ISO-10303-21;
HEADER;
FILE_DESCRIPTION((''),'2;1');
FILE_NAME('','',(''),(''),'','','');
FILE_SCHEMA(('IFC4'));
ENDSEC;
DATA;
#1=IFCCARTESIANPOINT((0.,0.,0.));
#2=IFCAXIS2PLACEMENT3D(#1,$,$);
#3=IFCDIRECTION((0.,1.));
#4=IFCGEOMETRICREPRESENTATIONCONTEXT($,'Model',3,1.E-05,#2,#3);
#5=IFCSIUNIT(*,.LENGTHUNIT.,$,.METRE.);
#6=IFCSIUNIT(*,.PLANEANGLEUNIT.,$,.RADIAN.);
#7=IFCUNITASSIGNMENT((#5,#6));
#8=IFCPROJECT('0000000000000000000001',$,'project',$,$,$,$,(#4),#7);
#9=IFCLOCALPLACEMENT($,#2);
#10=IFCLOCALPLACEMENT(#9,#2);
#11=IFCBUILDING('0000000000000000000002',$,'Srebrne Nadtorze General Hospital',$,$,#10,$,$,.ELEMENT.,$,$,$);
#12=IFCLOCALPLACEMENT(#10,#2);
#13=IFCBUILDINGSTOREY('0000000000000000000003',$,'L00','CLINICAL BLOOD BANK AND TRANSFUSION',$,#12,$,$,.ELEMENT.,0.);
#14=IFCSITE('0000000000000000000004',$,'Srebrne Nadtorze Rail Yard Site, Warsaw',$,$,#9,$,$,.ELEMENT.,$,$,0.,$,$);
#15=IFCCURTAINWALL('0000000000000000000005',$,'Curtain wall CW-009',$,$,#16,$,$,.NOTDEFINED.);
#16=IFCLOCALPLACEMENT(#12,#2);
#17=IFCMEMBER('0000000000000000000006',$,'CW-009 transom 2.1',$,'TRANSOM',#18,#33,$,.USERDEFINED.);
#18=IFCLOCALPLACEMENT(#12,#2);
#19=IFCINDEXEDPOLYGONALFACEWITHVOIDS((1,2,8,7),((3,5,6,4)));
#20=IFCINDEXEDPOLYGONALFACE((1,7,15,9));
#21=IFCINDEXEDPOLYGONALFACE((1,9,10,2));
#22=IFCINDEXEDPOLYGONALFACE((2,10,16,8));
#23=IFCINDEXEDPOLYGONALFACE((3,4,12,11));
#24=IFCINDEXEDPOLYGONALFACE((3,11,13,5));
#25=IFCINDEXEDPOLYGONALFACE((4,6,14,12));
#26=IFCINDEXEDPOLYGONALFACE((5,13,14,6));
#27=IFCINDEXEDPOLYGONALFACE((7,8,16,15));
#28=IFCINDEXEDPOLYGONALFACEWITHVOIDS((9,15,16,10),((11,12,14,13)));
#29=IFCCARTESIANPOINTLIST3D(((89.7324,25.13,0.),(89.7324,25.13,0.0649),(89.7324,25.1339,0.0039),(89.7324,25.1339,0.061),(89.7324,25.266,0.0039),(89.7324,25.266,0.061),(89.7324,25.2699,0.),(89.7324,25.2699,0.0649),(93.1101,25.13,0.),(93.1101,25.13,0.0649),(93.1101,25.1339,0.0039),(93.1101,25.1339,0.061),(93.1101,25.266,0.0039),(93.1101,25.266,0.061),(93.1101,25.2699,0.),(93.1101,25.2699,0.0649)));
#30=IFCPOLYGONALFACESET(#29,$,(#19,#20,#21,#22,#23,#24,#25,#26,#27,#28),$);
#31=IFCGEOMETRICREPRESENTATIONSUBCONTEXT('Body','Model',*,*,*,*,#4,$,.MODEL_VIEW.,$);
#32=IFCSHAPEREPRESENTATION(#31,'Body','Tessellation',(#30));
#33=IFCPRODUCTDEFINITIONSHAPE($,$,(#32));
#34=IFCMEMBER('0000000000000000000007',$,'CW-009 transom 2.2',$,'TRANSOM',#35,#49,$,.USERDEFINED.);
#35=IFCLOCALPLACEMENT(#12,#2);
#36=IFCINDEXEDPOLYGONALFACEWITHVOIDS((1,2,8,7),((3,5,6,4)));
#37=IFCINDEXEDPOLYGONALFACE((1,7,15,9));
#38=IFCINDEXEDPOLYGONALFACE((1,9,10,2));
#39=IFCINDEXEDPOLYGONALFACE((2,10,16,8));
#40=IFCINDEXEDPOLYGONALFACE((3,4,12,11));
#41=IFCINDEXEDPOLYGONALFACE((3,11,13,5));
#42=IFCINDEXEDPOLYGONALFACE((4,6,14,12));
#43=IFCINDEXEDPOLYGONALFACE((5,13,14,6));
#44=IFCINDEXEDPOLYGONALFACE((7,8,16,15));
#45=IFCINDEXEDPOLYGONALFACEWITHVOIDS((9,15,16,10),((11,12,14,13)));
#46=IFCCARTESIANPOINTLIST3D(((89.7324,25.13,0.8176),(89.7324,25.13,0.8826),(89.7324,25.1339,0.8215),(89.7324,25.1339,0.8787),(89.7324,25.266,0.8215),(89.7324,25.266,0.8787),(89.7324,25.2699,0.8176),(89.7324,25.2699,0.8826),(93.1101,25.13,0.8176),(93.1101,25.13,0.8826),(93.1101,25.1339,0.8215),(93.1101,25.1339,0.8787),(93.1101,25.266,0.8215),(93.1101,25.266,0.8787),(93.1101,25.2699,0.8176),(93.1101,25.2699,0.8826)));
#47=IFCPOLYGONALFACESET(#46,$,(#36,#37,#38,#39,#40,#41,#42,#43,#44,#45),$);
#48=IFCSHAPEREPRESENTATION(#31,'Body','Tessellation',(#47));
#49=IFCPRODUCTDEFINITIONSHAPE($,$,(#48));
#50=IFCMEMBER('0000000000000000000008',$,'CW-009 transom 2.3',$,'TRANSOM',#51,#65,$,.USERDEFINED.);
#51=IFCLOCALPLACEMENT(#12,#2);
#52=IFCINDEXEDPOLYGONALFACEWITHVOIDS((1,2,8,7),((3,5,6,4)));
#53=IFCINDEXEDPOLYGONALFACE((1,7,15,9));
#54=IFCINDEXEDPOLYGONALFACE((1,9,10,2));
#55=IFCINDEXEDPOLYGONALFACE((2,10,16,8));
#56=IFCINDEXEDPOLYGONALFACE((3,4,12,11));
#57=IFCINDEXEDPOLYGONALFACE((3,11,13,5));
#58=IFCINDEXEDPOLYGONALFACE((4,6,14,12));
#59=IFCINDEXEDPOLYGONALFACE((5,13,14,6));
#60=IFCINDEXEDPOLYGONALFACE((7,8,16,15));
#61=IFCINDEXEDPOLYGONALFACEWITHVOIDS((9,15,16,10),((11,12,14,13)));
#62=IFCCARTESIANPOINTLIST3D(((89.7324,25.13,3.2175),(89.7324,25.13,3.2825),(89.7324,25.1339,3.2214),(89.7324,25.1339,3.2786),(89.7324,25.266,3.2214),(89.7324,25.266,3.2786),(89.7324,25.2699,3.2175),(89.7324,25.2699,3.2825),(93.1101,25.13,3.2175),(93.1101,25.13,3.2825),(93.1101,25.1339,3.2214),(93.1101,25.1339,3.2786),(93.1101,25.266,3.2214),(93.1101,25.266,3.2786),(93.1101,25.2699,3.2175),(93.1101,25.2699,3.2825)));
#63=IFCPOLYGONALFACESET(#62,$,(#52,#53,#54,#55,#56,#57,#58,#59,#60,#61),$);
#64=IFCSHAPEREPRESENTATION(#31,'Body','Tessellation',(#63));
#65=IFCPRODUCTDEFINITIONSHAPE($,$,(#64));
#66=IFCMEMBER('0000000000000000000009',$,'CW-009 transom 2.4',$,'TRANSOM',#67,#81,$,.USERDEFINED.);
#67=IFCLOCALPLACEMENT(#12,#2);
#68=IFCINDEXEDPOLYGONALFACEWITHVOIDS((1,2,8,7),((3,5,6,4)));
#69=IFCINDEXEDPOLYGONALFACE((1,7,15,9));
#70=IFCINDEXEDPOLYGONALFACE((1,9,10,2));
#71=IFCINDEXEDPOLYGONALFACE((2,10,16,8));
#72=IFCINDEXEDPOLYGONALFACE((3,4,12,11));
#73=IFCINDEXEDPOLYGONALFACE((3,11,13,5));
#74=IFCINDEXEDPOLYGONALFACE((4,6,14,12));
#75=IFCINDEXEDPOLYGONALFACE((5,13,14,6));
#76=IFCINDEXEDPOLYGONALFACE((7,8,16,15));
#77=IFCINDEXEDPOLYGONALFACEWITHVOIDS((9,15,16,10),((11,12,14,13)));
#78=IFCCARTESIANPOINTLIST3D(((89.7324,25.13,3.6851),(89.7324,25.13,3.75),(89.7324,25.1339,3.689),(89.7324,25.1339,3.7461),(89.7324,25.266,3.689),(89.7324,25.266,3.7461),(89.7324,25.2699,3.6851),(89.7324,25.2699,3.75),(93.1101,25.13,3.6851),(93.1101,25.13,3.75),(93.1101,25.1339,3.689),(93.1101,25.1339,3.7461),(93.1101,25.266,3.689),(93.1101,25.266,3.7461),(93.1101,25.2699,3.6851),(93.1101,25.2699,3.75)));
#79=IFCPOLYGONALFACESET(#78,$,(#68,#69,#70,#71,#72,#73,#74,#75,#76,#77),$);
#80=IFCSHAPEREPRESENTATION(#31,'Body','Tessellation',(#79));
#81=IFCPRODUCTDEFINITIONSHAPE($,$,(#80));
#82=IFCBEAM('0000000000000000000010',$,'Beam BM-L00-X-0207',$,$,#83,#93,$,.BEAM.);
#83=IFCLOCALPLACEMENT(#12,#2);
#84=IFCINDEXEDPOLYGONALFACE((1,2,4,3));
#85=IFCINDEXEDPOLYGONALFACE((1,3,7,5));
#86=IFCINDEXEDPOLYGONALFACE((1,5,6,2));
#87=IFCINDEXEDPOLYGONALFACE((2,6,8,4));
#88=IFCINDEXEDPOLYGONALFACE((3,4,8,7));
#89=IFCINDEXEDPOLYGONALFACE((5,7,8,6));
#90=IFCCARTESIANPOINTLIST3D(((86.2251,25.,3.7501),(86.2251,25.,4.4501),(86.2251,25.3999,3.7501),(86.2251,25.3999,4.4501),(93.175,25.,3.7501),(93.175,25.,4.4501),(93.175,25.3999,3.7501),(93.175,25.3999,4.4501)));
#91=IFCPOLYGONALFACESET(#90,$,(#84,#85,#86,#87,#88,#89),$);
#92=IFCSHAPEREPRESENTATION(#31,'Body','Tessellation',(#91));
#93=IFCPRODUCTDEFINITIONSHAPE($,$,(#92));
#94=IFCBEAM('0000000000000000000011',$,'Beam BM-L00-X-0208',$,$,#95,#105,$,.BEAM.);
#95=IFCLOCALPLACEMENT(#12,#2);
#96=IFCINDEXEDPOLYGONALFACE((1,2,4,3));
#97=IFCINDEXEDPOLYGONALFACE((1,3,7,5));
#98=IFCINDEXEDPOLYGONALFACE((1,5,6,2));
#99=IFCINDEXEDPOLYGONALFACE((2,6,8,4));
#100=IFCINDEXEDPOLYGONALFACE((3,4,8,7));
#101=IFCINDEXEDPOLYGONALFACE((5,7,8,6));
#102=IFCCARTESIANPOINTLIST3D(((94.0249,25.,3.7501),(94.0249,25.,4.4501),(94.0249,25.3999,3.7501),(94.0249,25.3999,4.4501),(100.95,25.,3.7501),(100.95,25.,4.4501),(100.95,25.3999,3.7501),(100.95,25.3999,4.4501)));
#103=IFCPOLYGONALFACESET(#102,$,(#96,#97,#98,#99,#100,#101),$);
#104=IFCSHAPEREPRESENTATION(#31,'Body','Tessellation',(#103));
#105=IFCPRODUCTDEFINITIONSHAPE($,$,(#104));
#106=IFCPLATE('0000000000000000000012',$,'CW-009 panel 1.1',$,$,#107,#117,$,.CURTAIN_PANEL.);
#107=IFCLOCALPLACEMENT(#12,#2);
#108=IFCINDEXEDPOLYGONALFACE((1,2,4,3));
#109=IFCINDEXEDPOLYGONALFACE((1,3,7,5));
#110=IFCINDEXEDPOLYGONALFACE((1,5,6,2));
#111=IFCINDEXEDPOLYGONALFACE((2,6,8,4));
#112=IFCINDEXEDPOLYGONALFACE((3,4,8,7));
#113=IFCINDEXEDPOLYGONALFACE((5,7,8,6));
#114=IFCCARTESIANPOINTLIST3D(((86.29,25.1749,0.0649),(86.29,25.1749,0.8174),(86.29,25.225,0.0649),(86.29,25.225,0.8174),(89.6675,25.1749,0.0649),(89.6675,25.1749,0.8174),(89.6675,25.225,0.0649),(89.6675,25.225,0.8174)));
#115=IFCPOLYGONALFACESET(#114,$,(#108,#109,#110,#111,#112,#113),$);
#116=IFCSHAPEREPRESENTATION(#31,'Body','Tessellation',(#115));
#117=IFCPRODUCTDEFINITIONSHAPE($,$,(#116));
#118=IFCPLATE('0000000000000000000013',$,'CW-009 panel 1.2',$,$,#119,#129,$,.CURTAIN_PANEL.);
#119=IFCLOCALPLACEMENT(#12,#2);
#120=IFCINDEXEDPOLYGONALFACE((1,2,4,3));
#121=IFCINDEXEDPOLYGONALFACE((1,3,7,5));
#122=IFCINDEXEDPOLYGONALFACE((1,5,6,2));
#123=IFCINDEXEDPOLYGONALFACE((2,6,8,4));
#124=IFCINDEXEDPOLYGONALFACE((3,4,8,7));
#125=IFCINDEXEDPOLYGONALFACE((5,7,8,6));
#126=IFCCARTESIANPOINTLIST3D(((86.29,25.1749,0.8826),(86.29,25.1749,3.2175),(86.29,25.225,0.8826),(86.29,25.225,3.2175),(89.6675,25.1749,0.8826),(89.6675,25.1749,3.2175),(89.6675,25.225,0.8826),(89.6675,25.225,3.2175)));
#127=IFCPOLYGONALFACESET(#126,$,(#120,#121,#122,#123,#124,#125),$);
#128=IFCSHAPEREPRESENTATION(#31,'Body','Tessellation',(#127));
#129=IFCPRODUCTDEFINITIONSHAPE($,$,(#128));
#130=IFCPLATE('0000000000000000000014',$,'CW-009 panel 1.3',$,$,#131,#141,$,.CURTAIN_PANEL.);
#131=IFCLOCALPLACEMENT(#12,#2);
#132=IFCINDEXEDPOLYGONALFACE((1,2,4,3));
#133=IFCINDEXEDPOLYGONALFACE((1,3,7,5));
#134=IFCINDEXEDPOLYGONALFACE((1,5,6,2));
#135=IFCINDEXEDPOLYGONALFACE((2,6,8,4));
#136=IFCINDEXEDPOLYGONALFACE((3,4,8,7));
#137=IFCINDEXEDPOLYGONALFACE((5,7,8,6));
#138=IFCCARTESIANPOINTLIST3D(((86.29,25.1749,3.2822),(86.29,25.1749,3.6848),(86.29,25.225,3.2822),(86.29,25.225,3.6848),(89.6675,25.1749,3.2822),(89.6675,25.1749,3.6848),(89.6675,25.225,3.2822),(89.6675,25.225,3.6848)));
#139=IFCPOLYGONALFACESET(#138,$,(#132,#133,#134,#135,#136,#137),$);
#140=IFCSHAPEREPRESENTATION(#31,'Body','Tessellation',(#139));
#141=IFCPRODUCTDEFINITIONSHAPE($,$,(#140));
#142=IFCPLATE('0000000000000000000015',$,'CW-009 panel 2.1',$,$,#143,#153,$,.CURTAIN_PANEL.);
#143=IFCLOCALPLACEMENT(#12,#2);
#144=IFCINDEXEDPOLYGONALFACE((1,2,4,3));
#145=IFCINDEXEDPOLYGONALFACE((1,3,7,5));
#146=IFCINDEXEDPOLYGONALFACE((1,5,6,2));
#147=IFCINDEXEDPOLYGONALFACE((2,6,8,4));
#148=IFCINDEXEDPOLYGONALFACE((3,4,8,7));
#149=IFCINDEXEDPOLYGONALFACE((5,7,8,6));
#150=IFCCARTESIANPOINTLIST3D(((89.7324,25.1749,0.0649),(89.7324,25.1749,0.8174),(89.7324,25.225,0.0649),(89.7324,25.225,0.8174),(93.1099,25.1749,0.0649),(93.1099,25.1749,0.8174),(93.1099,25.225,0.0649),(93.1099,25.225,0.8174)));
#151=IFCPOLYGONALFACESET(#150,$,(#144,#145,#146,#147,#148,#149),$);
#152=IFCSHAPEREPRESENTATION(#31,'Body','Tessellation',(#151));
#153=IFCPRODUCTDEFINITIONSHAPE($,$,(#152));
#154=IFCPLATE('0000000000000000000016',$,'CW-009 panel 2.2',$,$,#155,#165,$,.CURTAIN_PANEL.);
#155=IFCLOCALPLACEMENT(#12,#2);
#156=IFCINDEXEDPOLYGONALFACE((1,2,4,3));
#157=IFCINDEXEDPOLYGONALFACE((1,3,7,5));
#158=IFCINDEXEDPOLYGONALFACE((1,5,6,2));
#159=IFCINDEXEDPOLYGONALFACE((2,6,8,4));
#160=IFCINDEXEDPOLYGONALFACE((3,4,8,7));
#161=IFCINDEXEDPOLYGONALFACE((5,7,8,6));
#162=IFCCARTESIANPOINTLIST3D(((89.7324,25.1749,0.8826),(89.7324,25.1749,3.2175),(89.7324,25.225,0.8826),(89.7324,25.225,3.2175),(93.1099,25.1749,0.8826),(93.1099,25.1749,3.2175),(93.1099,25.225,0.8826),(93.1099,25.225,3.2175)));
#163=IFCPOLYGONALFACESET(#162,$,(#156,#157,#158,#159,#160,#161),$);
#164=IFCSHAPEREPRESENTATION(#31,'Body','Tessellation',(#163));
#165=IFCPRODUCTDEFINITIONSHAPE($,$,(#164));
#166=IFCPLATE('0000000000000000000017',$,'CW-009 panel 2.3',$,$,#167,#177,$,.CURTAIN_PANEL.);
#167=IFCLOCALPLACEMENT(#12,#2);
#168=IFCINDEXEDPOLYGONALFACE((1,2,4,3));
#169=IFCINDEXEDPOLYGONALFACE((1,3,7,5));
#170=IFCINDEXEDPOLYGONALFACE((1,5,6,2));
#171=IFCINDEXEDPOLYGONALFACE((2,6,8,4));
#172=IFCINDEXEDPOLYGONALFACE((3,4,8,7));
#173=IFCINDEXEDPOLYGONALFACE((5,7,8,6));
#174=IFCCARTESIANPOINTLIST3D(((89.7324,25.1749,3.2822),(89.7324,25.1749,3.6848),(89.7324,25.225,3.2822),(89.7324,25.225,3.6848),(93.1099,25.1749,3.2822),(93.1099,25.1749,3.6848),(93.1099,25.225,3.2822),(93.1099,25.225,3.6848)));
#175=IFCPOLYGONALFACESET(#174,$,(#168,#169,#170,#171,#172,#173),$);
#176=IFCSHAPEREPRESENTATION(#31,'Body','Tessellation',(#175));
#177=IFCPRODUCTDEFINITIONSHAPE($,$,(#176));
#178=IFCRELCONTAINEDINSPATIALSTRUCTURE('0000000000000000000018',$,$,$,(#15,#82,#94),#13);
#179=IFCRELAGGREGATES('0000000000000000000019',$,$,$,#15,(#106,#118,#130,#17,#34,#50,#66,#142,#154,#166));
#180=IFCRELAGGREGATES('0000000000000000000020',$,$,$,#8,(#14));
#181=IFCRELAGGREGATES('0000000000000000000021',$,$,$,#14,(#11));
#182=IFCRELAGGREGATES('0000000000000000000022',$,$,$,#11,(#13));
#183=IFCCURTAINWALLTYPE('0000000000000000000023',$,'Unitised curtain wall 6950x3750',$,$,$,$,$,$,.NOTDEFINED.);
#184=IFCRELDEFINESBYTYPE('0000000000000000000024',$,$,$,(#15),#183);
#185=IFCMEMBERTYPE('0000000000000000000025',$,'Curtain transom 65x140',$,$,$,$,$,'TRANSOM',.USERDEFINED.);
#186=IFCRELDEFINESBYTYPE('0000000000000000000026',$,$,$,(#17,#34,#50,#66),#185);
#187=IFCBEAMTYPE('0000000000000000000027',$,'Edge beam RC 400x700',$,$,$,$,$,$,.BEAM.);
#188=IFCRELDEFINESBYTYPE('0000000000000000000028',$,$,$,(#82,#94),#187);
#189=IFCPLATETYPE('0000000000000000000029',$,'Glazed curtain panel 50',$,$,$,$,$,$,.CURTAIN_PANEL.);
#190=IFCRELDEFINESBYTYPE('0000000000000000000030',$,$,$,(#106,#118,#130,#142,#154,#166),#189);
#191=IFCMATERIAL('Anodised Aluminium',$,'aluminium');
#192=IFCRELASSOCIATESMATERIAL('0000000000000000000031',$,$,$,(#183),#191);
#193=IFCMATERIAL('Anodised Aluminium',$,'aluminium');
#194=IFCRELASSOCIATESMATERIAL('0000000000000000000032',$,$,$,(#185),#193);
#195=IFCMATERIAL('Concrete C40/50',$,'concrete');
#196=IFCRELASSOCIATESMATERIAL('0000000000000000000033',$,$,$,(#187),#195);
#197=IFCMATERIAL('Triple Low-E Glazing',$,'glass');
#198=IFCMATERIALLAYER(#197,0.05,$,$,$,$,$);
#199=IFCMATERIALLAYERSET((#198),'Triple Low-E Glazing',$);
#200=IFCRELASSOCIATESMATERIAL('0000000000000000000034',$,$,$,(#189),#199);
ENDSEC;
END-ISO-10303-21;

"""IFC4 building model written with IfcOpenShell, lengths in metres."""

from ifc_helpers import new_model, si_unit, direction, frame, origin, origin_2d, place, context, subcontext, project, spatial, rectangle, hollow_rectangle, extrude, material, layer, layer_set, material_profile, profile_set, type_object, element, aggregate, save


model = new_model("IFC4")

# Units and contexts
model_context = context("Model", 3, precision=1e-05, world=origin(), true_north=direction((0.0, 1.0)))
body_context = subcontext(model_context, "Body", "Model", "MODEL_VIEW")
ifc_project = project(units=[si_unit("LENGTHUNIT", "METRE"), si_unit("PLANEANGLEUNIT", "RADIAN")], contexts=[model_context])

# Site, building, storey
site_placement = place(None, origin())
site = spatial("IfcSite", under=ifc_project, at=site_placement, Name="Srebrne Nadtorze Rail Yard Site, Warsaw", CompositionType="ELEMENT", RefElevation=0.0)
building_placement = place(site_placement, origin())
building = spatial("IfcBuilding", under=site, at=building_placement, Name="Srebrne Nadtorze General Hospital", CompositionType="ELEMENT")
storey_placement = place(building_placement, origin())
storey = spatial("IfcBuildingStorey", under=building, at=storey_placement, Name="L00", Description="CLINICAL BLOOD BANK AND TRANSFUSION", CompositionType="ELEMENT", Elevation=0.0)

# Curtain wall
ifc_material_1 = material(Name="Anodised Aluminium", Category="aluminium")
curtain_wall_type_1 = type_object("IfcCurtainWallType", Name="Unitised curtain wall 6950x3750", PredefinedType="NOTDEFINED", material=ifc_material_1)
curtain_wall_1_placement = place(storey_placement, origin())
curtain_wall_1 = element("IfcCurtainWall", 1, at=curtain_wall_1_placement, inside=storey, type_object=curtain_wall_type_1, Name="Curtain wall CW-009", PredefinedType="NOTDEFINED")

# Members
ifc_material_2 = material(Name="Anodised Aluminium", Category="aluminium")
ifc_material_profile_1 = material_profile(ifc_material_2, hollow_rectangle(XDim=0.0649, YDim=0.1399, WallThickness=0.0039, at=origin_2d()), Name="AL-TRN-65x140")
ifc_profile_set_1 = profile_set([ifc_material_profile_1], Name="Anodised Aluminium")
member_type_1 = type_object("IfcMemberType", Name="Curtain transom 65x140", ElementType="TRANSOM", PredefinedType="USERDEFINED", material=ifc_profile_set_1)
member_1_placement = place(storey_placement, frame((89.7324, 25.2, 0.0325), z_axis=(1.0, 0.0, 0.0), x_axis=(0.0, 0.0, 1.0)))
member_1 = element("IfcMember", 2, at=member_1_placement, type_object=member_type_1, Name="CW-009 transom 2.1", ObjectType="TRANSOM", PredefinedType="USERDEFINED", context=body_context, shape_type="SweptSolid", body=[
    extrude(hollow_rectangle(XDim=0.0649, YDim=0.1399, WallThickness=0.0039, at=origin_2d()), origin(), (0.0, 0.0, 1.0), 3.3777),
])
member_2_placement = place(storey_placement, frame((89.7324, 25.2, 0.8501), z_axis=(1.0, 0.0, 0.0), x_axis=(0.0, 0.0, 1.0)))
member_2 = element("IfcMember", 3, at=member_2_placement, type_object=member_type_1, Name="CW-009 transom 2.2", ObjectType="TRANSOM", PredefinedType="USERDEFINED", context=body_context, shape_type="SweptSolid", body=[
    extrude(hollow_rectangle(XDim=0.0649, YDim=0.1399, WallThickness=0.0039, at=origin_2d()), origin(), (0.0, 0.0, 1.0), 3.3777),
])
member_3_placement = place(storey_placement, frame((89.7324, 25.2, 3.25), z_axis=(1.0, 0.0, 0.0), x_axis=(0.0, 0.0, 1.0)))
member_3 = element("IfcMember", 4, at=member_3_placement, type_object=member_type_1, Name="CW-009 transom 2.3", ObjectType="TRANSOM", PredefinedType="USERDEFINED", context=body_context, shape_type="SweptSolid", body=[
    extrude(hollow_rectangle(XDim=0.0649, YDim=0.1399, WallThickness=0.0039, at=origin_2d()), origin(), (0.0, 0.0, 1.0), 3.3777),
])
member_4_placement = place(storey_placement, frame((89.7324, 25.2, 3.7175), z_axis=(1.0, 0.0, 0.0), x_axis=(0.0, 0.0, 1.0)))
member_4 = element("IfcMember", 5, at=member_4_placement, type_object=member_type_1, Name="CW-009 transom 2.4", ObjectType="TRANSOM", PredefinedType="USERDEFINED", context=body_context, shape_type="SweptSolid", body=[
    extrude(hollow_rectangle(XDim=0.0649, YDim=0.1399, WallThickness=0.0039, at=origin_2d()), origin(), (0.0, 0.0, 1.0), 3.3777),
])

# Beams
ifc_material_3 = material(Name="Concrete C40/50", Category="concrete")
ifc_material_profile_2 = material_profile(ifc_material_3, rectangle(XDim=0.3999, YDim=0.7, at=origin_2d()), Name="RC-BM-400x700")
ifc_profile_set_2 = profile_set([ifc_material_profile_2], Name="Concrete C40/50")
beam_type = type_object("IfcBeamType", Name="Edge beam RC 400x700", PredefinedType="BEAM", material=ifc_profile_set_2)
beam_1_placement = place(storey_placement, frame((86.2251, 25.2, 4.1001), z_axis=(1.0, 0.0, 0.0), x_axis=(0.0, 1.0, 0.0)))
element("IfcBeam", 6, at=beam_1_placement, inside=storey, type_object=beam_type, Name="Beam BM-L00-X-0207", PredefinedType="BEAM", context=body_context, shape_type="SweptSolid", body=[
    extrude(rectangle(XDim=0.3999, YDim=0.7, at=origin_2d()), origin(), (0.0, 0.0, 1.0), 6.95),
])
beam_2_placement = place(storey_placement, frame((94.0249, 25.2, 4.1001), z_axis=(1.0, 0.0, 0.0), x_axis=(0.0, 1.0, 0.0)))
element("IfcBeam", 7, at=beam_2_placement, inside=storey, type_object=beam_type, Name="Beam BM-L00-X-0208", PredefinedType="BEAM", context=body_context, shape_type="SweptSolid", body=[
    extrude(rectangle(XDim=0.3999, YDim=0.7, at=origin_2d()), origin(), (0.0, 0.0, 1.0), 6.925),
])

# Plates
ifc_material_4 = material(Name="Triple Low-E Glazing", Category="glass")
ifc_layer_1 = layer(ifc_material_4, 0.05)
ifc_layer_set_1 = layer_set([ifc_layer_1], Name="Triple Low-E Glazing")
plate_type = type_object("IfcPlateType", Name="Glazed curtain panel 50", PredefinedType="CURTAIN_PANEL", material=ifc_layer_set_1)
plate_1_placement = place(storey_placement, frame((87.9788, 25.2, 0.0649), z_axis=(0.0, 0.0, 1.0), x_axis=(1.0, 0.0, 0.0)))
plate_1 = element("IfcPlate", 8, at=plate_1_placement, type_object=plate_type, Name="CW-009 panel 1.1", PredefinedType="CURTAIN_PANEL", context=body_context, shape_type="SweptSolid", body=[
    extrude(rectangle(XDim=3.3774, YDim=0.05, at=origin_2d()), origin(), (0.0, 0.0, 1.0), 0.7524),
])
plate_2_placement = place(storey_placement, frame((87.9788, 25.2, 0.8826), z_axis=(0.0, 0.0, 1.0), x_axis=(1.0, 0.0, 0.0)))
plate_2 = element("IfcPlate", 9, at=plate_2_placement, type_object=plate_type, Name="CW-009 panel 1.2", PredefinedType="CURTAIN_PANEL", context=body_context, shape_type="SweptSolid", body=[
    extrude(rectangle(XDim=3.3774, YDim=0.05, at=origin_2d()), origin(), (0.0, 0.0, 1.0), 2.335),
])
plate_3_placement = place(storey_placement, frame((87.9788, 25.2, 3.2822), z_axis=(0.0, 0.0, 1.0), x_axis=(1.0, 0.0, 0.0)))
plate_3 = element("IfcPlate", 10, at=plate_3_placement, type_object=plate_type, Name="CW-009 panel 1.3", PredefinedType="CURTAIN_PANEL", context=body_context, shape_type="SweptSolid", body=[
    extrude(rectangle(XDim=3.3774, YDim=0.05, at=origin_2d()), origin(), (0.0, 0.0, 1.0), 0.4026),
])
plate_4_placement = place(storey_placement, frame((91.4211, 25.2, 0.0649), z_axis=(0.0, 0.0, 1.0), x_axis=(1.0, 0.0, 0.0)))
plate_4 = element("IfcPlate", 11, at=plate_4_placement, type_object=plate_type, Name="CW-009 panel 2.1", PredefinedType="CURTAIN_PANEL", context=body_context, shape_type="SweptSolid", body=[
    extrude(rectangle(XDim=3.3774, YDim=0.05, at=origin_2d()), origin(), (0.0, 0.0, 1.0), 0.7524),
])
plate_5_placement = place(storey_placement, frame((91.4211, 25.2, 0.8826), z_axis=(0.0, 0.0, 1.0), x_axis=(1.0, 0.0, 0.0)))
plate_5 = element("IfcPlate", 12, at=plate_5_placement, type_object=plate_type, Name="CW-009 panel 2.2", PredefinedType="CURTAIN_PANEL", context=body_context, shape_type="SweptSolid", body=[
    extrude(rectangle(XDim=3.3774, YDim=0.05, at=origin_2d()), origin(), (0.0, 0.0, 1.0), 2.335),
])
plate_6_placement = place(storey_placement, frame((91.4211, 25.2, 3.2822), z_axis=(0.0, 0.0, 1.0), x_axis=(1.0, 0.0, 0.0)))
plate_6 = element("IfcPlate", 13, at=plate_6_placement, type_object=plate_type, Name="CW-009 panel 2.3", PredefinedType="CURTAIN_PANEL", context=body_context, shape_type="SweptSolid", body=[
    extrude(rectangle(XDim=3.3774, YDim=0.05, at=origin_2d()), origin(), (0.0, 0.0, 1.0), 0.4026),
])
aggregate(curtain_wall_1, [plate_1, plate_2, plate_3, member_1, member_2, member_3, member_4, plate_4, plate_5, plate_6])

save(model, "model.ifc")
